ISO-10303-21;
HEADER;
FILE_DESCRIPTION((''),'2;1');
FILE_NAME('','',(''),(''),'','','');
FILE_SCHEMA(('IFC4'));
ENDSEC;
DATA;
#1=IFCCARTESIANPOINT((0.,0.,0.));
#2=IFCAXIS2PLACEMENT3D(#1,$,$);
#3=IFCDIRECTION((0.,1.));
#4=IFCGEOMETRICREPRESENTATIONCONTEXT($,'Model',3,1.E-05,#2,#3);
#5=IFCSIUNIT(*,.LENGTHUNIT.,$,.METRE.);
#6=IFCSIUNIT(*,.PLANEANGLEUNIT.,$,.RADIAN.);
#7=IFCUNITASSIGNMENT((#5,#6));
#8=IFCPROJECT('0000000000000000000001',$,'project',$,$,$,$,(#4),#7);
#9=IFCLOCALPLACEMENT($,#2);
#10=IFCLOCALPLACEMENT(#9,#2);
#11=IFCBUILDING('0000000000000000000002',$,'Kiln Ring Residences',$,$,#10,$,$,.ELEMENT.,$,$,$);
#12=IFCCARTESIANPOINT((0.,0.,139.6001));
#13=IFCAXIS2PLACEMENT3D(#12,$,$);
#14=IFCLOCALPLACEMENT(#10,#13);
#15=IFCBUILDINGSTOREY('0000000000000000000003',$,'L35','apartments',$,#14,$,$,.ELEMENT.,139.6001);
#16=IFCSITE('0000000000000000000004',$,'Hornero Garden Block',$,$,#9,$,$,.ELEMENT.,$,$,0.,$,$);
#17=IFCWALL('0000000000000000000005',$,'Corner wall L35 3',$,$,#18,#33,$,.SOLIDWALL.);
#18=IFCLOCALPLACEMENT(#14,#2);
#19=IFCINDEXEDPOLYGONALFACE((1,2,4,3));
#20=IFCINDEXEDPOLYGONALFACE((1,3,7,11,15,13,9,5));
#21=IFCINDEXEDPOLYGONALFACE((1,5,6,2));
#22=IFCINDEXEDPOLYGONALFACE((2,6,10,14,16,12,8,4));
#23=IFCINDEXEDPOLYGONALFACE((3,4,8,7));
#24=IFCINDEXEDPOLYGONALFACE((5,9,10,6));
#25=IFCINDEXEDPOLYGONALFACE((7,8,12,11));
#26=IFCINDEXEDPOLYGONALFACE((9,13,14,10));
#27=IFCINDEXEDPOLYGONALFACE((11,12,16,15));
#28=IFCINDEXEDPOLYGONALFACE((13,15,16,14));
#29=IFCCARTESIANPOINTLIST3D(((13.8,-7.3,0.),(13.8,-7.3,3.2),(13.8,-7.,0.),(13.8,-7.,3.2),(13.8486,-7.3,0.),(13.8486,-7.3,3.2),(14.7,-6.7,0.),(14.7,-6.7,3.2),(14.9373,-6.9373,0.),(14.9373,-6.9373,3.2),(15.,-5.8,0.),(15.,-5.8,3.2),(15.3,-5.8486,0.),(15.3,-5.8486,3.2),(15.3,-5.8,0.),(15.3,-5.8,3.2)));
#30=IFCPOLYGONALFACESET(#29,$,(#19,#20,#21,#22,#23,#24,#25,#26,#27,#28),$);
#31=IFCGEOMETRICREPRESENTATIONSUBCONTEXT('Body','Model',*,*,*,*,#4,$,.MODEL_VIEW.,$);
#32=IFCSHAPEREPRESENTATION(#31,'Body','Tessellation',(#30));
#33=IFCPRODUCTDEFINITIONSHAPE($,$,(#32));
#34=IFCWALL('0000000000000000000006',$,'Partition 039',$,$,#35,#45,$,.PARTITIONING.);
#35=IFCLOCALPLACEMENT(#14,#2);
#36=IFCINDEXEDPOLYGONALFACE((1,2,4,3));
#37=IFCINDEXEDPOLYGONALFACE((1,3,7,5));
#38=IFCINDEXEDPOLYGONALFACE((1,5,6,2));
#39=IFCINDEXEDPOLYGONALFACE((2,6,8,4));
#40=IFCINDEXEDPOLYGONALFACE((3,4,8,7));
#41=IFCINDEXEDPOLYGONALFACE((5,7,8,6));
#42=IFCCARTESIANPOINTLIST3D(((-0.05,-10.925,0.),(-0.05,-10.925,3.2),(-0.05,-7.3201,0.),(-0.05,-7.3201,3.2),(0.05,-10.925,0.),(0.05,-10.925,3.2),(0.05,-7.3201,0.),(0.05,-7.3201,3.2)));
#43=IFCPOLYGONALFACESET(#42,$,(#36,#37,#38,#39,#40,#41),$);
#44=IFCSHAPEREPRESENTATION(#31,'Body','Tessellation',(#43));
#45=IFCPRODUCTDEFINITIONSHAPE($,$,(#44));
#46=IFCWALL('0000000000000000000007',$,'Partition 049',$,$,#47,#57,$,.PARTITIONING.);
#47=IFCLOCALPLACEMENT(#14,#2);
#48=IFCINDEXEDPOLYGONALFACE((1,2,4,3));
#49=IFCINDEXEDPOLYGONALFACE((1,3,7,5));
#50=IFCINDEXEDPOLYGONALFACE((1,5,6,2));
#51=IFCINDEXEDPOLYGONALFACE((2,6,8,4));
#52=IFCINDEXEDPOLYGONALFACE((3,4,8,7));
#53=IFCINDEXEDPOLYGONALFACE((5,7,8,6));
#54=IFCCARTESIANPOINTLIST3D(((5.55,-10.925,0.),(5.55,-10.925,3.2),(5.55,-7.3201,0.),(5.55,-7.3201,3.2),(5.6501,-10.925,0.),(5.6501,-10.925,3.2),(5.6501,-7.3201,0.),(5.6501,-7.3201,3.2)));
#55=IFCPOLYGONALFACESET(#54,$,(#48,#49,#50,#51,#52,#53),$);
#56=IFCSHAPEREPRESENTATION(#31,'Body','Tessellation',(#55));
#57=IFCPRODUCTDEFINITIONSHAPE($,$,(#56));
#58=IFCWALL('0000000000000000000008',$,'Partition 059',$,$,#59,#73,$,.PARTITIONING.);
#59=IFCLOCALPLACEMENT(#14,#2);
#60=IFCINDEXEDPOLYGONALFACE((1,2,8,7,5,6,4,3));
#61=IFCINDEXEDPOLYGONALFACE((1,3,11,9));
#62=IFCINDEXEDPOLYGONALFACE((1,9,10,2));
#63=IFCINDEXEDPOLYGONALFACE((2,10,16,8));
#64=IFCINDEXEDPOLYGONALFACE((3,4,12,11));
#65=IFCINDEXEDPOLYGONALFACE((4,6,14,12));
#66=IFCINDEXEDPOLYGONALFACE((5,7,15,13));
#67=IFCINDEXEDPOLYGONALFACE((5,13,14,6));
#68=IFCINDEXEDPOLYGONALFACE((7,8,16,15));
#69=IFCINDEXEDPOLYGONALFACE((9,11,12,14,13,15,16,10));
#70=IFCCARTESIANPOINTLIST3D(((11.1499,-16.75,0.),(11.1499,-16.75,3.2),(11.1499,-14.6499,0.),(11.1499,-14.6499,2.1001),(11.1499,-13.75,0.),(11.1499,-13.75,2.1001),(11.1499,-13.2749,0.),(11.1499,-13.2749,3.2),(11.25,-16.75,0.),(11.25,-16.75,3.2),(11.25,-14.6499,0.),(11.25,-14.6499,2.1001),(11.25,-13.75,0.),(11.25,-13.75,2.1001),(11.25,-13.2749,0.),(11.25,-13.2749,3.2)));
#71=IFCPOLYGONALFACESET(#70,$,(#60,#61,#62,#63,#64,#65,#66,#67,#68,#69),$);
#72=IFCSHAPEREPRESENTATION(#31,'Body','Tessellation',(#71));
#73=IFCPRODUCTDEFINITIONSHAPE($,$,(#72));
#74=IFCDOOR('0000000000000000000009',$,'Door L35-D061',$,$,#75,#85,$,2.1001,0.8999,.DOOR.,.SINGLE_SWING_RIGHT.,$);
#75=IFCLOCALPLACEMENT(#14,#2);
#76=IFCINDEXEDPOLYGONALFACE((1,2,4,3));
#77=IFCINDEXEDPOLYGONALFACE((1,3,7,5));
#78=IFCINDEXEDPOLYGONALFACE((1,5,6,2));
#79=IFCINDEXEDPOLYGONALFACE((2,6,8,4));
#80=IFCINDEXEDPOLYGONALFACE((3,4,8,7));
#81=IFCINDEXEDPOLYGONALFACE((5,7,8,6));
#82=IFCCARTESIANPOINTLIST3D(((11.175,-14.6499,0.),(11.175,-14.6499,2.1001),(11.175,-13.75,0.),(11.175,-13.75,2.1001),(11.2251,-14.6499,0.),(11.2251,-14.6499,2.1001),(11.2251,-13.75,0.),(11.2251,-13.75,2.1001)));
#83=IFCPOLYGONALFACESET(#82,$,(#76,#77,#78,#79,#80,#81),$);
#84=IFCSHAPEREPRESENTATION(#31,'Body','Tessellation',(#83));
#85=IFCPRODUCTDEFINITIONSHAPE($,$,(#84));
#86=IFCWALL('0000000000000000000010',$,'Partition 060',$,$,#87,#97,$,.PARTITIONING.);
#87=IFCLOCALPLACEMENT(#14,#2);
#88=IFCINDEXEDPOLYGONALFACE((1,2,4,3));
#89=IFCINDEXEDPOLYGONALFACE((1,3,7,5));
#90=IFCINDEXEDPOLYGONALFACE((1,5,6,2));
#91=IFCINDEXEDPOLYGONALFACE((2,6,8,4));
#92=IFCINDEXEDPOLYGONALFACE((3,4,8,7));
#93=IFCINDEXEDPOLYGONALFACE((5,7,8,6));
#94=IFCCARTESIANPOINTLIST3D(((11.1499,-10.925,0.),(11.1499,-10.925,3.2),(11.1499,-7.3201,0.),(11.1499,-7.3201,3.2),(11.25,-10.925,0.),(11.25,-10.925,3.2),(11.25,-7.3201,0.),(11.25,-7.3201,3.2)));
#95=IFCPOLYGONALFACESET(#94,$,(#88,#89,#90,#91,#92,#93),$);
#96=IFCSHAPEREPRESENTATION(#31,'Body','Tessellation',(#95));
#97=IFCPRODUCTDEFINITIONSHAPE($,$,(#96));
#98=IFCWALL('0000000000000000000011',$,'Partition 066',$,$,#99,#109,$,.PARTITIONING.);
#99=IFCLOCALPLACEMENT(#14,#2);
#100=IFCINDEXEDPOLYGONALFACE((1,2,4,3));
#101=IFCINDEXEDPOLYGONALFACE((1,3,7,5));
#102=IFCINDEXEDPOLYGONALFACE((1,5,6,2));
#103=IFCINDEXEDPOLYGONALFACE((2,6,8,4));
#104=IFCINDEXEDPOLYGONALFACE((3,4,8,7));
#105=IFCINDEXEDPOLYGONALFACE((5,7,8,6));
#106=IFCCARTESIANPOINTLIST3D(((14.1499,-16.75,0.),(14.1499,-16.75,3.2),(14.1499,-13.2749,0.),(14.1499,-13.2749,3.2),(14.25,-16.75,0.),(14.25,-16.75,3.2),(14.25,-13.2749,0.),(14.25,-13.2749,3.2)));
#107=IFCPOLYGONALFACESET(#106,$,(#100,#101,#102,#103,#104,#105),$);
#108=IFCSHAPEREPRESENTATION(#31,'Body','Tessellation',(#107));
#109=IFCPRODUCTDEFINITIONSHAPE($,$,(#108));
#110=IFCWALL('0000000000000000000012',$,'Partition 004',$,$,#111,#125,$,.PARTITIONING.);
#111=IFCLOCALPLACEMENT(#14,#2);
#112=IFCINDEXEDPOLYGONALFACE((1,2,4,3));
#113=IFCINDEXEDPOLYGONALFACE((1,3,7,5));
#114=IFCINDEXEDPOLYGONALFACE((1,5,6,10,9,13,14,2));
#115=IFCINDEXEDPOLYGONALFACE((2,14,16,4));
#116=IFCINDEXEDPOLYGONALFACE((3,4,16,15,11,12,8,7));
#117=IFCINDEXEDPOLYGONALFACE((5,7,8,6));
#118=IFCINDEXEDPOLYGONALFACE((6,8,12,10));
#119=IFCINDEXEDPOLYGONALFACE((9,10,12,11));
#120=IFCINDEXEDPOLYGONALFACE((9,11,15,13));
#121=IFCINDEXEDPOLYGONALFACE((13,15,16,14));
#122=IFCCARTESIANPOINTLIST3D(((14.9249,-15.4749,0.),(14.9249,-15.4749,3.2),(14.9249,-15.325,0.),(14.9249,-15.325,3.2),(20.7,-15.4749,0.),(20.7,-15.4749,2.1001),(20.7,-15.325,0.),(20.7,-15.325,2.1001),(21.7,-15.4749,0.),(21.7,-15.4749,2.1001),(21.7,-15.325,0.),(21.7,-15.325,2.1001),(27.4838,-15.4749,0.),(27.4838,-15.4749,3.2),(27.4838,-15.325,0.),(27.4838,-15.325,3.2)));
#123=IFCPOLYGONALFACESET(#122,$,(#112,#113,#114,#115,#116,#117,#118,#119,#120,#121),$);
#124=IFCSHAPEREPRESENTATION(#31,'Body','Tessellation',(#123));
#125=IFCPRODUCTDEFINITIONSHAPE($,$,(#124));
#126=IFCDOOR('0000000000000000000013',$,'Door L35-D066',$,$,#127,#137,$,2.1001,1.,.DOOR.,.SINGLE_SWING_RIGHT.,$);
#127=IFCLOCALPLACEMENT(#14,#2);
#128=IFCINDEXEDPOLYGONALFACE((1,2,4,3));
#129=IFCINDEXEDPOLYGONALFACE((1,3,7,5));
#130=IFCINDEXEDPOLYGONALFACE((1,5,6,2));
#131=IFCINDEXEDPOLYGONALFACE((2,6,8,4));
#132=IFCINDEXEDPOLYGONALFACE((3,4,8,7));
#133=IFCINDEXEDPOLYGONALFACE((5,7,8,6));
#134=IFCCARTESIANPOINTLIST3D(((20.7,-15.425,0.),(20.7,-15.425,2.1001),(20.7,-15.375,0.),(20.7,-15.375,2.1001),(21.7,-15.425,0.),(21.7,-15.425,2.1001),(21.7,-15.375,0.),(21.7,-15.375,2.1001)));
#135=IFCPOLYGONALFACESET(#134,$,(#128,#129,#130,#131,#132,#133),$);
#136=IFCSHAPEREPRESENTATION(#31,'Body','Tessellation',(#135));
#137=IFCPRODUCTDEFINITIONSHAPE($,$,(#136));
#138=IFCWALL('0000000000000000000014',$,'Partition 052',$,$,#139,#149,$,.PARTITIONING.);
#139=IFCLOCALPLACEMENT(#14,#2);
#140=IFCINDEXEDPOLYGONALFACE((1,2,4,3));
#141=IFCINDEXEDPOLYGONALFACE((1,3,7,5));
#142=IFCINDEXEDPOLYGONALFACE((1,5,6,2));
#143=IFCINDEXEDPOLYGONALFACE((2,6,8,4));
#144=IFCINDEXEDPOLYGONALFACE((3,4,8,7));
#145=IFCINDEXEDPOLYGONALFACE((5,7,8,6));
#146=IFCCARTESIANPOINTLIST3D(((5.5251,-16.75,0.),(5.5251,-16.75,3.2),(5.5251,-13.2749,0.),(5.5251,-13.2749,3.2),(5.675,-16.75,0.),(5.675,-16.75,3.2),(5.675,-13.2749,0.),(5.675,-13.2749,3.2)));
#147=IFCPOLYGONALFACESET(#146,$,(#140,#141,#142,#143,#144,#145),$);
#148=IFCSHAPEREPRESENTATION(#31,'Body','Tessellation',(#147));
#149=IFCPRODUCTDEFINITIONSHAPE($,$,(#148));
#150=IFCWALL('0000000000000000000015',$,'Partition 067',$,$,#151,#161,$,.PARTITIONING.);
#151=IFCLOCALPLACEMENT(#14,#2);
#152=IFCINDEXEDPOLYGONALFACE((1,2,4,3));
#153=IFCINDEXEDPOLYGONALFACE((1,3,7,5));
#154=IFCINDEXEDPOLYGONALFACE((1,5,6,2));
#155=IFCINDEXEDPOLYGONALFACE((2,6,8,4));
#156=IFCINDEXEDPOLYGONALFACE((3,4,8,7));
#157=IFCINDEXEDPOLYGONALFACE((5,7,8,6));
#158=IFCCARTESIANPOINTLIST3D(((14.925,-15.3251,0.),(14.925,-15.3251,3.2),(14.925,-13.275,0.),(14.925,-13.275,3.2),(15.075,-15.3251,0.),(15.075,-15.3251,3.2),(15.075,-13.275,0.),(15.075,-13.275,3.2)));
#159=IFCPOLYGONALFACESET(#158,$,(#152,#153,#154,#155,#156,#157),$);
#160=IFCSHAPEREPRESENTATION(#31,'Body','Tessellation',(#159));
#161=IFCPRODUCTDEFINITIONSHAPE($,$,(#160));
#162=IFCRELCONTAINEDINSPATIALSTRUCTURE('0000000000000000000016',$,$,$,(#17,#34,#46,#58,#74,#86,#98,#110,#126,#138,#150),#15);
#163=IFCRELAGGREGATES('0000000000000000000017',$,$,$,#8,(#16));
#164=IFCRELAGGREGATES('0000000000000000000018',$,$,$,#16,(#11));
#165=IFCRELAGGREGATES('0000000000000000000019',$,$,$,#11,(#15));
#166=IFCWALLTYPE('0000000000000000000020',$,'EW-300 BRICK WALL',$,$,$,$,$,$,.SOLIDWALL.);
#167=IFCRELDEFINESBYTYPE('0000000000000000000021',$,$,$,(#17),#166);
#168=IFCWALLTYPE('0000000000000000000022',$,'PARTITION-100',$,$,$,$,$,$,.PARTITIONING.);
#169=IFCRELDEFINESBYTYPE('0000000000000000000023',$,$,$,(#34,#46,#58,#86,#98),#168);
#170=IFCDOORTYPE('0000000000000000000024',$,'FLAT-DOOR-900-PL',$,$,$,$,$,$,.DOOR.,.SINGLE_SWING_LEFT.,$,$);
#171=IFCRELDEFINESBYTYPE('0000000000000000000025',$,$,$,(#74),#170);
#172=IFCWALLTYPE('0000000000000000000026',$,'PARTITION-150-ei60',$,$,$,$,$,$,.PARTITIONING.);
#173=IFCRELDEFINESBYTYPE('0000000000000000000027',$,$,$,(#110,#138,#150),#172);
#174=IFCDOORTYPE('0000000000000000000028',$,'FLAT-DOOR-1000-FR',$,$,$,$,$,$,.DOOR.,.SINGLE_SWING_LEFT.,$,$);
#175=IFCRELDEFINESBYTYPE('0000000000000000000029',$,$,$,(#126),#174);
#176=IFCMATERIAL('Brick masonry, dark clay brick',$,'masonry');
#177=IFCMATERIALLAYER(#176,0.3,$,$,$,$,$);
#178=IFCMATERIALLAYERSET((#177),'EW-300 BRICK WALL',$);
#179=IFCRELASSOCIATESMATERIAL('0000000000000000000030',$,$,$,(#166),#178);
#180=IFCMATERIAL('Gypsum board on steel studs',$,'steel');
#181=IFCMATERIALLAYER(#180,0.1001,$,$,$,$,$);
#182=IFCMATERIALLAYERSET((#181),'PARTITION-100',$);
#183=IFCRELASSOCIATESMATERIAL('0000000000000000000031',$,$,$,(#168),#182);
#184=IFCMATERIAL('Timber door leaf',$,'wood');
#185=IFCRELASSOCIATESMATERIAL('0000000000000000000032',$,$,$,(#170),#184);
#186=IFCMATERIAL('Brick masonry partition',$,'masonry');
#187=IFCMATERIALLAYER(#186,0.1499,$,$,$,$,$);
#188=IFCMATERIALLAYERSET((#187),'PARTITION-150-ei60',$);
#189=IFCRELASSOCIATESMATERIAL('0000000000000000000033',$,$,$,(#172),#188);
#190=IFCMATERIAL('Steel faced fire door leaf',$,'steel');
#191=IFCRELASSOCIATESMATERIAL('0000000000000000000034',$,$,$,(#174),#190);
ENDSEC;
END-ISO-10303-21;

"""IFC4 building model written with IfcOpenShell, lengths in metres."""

from ifc_helpers import new_model, si_unit, direction, frame, frame_2d, origin, place, context, subcontext, project, spatial, polyline, rectangle, outline, extrude, material, layer, layer_set, type_object, element, fill, save


model = new_model("IFC4")

# Units and contexts
model_context = context("Model", 3, precision=1e-05, world=origin(), true_north=direction((0.0, 1.0)))
body_context = subcontext(model_context, "Body", "Model", "MODEL_VIEW")
ifc_project = project(units=[si_unit("LENGTHUNIT", "METRE"), si_unit("PLANEANGLEUNIT", "RADIAN")], contexts=[model_context])

# Site, building, storey
site_placement = place(None, origin())
site = spatial("IfcSite", under=ifc_project, at=site_placement, Name="Hornero Garden Block", CompositionType="ELEMENT", RefElevation=0.0)
building_placement = place(site_placement, origin())
building = spatial("IfcBuilding", under=site, at=building_placement, Name="Kiln Ring Residences", CompositionType="ELEMENT")
storey_placement = place(building_placement, frame((0.0, 0.0, 139.6001)))
storey = spatial("IfcBuildingStorey", under=building, at=storey_placement, Name="L35", Description="apartments", CompositionType="ELEMENT", Elevation=139.6001)

# Shared definitions
ifc_material_1 = material(Name="Brick masonry, dark clay brick", Category="masonry")
ifc_layer_1 = layer(ifc_material_1, 0.3)
ifc_layer_set_1 = layer_set([ifc_layer_1], Name="EW-300 BRICK WALL")
wall_type_1 = type_object("IfcWallType", Name="EW-300 BRICK WALL", PredefinedType="SOLIDWALL", material=ifc_layer_set_1)

# Walls
placement = place(storey_placement, origin())
element("IfcWall", 1, at=placement, inside=storey, type_object=wall_type_1, Name="Corner wall L35 3", PredefinedType="SOLIDWALL", context=body_context, shape_type="SweptSolid", body=[
    extrude(outline(polyline([(14.9373, -6.9373), (15.3, -5.8486), (15.3, -5.8), (15.0, -5.8), (14.7, -6.7), (13.8, -7.0), (13.8, -7.3), (13.8486, -7.3), (14.9373, -6.9373)])), origin(), (0.0, 0.0, 1.0), 3.2),
])
ifc_material_2 = material(Name="Gypsum board on steel studs", Category="steel")
ifc_layer_2 = layer(ifc_material_2, 0.1001)
ifc_layer_set_2 = layer_set([ifc_layer_2], Name="PARTITION-100")
wall_type_2 = type_object("IfcWallType", Name="PARTITION-100", PredefinedType="PARTITIONING", material=ifc_layer_set_2)
for number, where, z_axis, x_axis, name in (
    (2, (0.0, -10.925, 0.0), (0.0, 0.0, 1.0), (0.0, 1.0, 0.0), "Partition 039"),
    (3, (5.6001, -10.925, 0.0), (0.0, 0.0, 1.0), (0.0, 1.0, 0.0), "Partition 049"),
):
    element("IfcWall", number, at=place(storey_placement, frame(where, z_axis=z_axis, x_axis=x_axis)), inside=storey, type_object=wall_type_2, Name=name, PredefinedType="PARTITIONING", context=body_context, shape_type="SweptSolid", body=[
        extrude(rectangle(XDim=3.605, YDim=0.1001, at=frame_2d((1.8025, 0.0))), origin(), (0.0, 0.0, 1.0), 3.2),
    ])

# Wall, opening, door
wall_1_placement = place(storey_placement, frame((11.2, -16.75, 0.0), z_axis=(0.0, 0.0, 1.0), x_axis=(0.0, 1.0, 0.0)))
wall_1 = element("IfcWall", 4, at=wall_1_placement, inside=storey, type_object=wall_type_2, Name="Partition 059", PredefinedType="PARTITIONING", context=body_context, shape_type="SweptSolid", body=[
    extrude(rectangle(XDim=3.4751, YDim=0.1001, at=frame_2d((1.7375, 0.0))), origin(), (0.0, 0.0, 1.0), 3.2),
])
opening_1_placement = place(wall_1_placement, frame((2.1001, 0.0, 0.0)))
opening_1 = element("IfcOpeningElement", 5, at=opening_1_placement, cuts=wall_1, PredefinedType="OPENING", context=body_context, shape_type="SweptSolid", body=[
    extrude(rectangle(XDim=0.8999, YDim=2.1001, at=frame_2d((0.45, 1.05))), frame((0.0, 0.0601, 0.0), z_axis=(0.0, -1.0, 0.0), x_axis=(1.0, 0.0, 0.0)), (0.0, 0.0, 1.0), 0.1201),
])
ifc_material_3 = material(Name="Timber door leaf", Category="wood")
door_type_1 = type_object("IfcDoorType", Name="FLAT-DOOR-900-PL", OperationType="SINGLE_SWING_LEFT", PredefinedType="DOOR", material=ifc_material_3)
door_1_placement = place(opening_1_placement, origin())
door_1 = element("IfcDoor", 6, at=door_1_placement, inside=storey, type_object=door_type_1, Name="Door L35-D061", OperationType="SINGLE_SWING_RIGHT", OverallHeight=2.1001, OverallWidth=0.8999, PredefinedType="DOOR", context=body_context, shape_type="SweptSolid", body=[
    extrude(rectangle(XDim=0.8999, YDim=2.1001, at=frame_2d((0.45, 1.05))), frame((0.0, 0.0249, 0.0), z_axis=(0.0, -1.0, 0.0), x_axis=(1.0, 0.0, 0.0)), (0.0, 0.0, 1.0), 0.05),
])
fill(opening_1, door_1)

# Walls
wall_2_placement = place(storey_placement, frame((11.2, -10.925, 0.0), z_axis=(0.0, 0.0, 1.0), x_axis=(0.0, 1.0, 0.0)))
element("IfcWall", 7, at=wall_2_placement, inside=storey, type_object=wall_type_2, Name="Partition 060", PredefinedType="PARTITIONING", context=body_context, shape_type="SweptSolid", body=[
    extrude(rectangle(XDim=3.605, YDim=0.1001, at=frame_2d((1.8025, 0.0))), origin(), (0.0, 0.0, 1.0), 3.2),
])
wall_3_placement = place(storey_placement, frame((14.2, -16.75, 0.0), z_axis=(0.0, 0.0, 1.0), x_axis=(0.0, 1.0, 0.0)))
element("IfcWall", 8, at=wall_3_placement, inside=storey, type_object=wall_type_2, Name="Partition 066", PredefinedType="PARTITIONING", context=body_context, shape_type="SweptSolid", body=[
    extrude(rectangle(XDim=3.4751, YDim=0.1001, at=frame_2d((1.7375, 0.0))), origin(), (0.0, 0.0, 1.0), 3.2),
])

# Wall, opening, door
ifc_material_4 = material(Name="Brick masonry partition", Category="masonry")
ifc_layer_3 = layer(ifc_material_4, 0.1499)
ifc_layer_set_3 = layer_set([ifc_layer_3], Name="PARTITION-150-ei60")
wall_type_3 = type_object("IfcWallType", Name="PARTITION-150-ei60", PredefinedType="PARTITIONING", material=ifc_layer_set_3)
wall_4_placement = place(storey_placement, frame((14.925, -15.3999, 0.0), z_axis=(0.0, 0.0, 1.0), x_axis=(1.0, 0.0, 0.0)))
wall_4 = element("IfcWall", 9, at=wall_4_placement, inside=storey, type_object=wall_type_3, Name="Partition 004", PredefinedType="PARTITIONING", context=body_context, shape_type="SweptSolid", body=[
    extrude(rectangle(XDim=12.5588, YDim=0.1499, at=frame_2d((6.2793, 0.0))), origin(), (0.0, 0.0, 1.0), 3.2),
])
opening_2_placement = place(wall_4_placement, frame((5.7749, 0.0, 0.0)))
opening_2 = element("IfcOpeningElement", 10, at=opening_2_placement, cuts=wall_4, PredefinedType="OPENING", context=body_context, shape_type="SweptSolid", body=[
    extrude(rectangle(XDim=1.0, YDim=2.1001, at=frame_2d((0.5, 1.05))), frame((0.0, 0.085, 0.0), z_axis=(0.0, -1.0, 0.0), x_axis=(1.0, 0.0, 0.0)), (0.0, 0.0, 1.0), 0.1699),
])
ifc_material_5 = material(Name="Steel faced fire door leaf", Category="steel")
door_type_2 = type_object("IfcDoorType", Name="FLAT-DOOR-1000-FR", OperationType="SINGLE_SWING_LEFT", PredefinedType="DOOR", material=ifc_material_5)
door_2_placement = place(opening_2_placement, origin())
door_2 = element("IfcDoor", 11, at=door_2_placement, inside=storey, type_object=door_type_2, Name="Door L35-D066", OperationType="SINGLE_SWING_RIGHT", OverallHeight=2.1001, OverallWidth=1.0, PredefinedType="DOOR", context=body_context, shape_type="SweptSolid", body=[
    extrude(rectangle(XDim=1.0, YDim=2.1001, at=frame_2d((0.5, 1.05))), frame((0.0, 0.0249, 0.0), z_axis=(0.0, -1.0, 0.0), x_axis=(1.0, 0.0, 0.0)), (0.0, 0.0, 1.0), 0.05),
])
fill(opening_2, door_2)

# Walls
wall_5_placement = place(storey_placement, frame((5.6001, -16.75, 0.0), z_axis=(0.0, 0.0, 1.0), x_axis=(0.0, 1.0, 0.0)))
element("IfcWall", 12, at=wall_5_placement, inside=storey, type_object=wall_type_3, Name="Partition 052", PredefinedType="PARTITIONING", context=body_context, shape_type="SweptSolid", body=[
    extrude(rectangle(XDim=3.4751, YDim=0.1499, at=frame_2d((1.7375, 0.0))), origin(), (0.0, 0.0, 1.0), 3.2),
])
wall_6_placement = place(storey_placement, frame((15.0, -15.325, 0.0), z_axis=(0.0, 0.0, 1.0), x_axis=(0.0, 1.0, 0.0)))
element("IfcWall", 13, at=wall_6_placement, inside=storey, type_object=wall_type_3, Name="Partition 067", PredefinedType="PARTITIONING", context=body_context, shape_type="SweptSolid", body=[
    extrude(rectangle(XDim=2.05, YDim=0.1499, at=frame_2d((1.0249, 0.0))), origin(), (0.0, 0.0, 1.0), 3.2),
])

save(model, "model.ifc")
